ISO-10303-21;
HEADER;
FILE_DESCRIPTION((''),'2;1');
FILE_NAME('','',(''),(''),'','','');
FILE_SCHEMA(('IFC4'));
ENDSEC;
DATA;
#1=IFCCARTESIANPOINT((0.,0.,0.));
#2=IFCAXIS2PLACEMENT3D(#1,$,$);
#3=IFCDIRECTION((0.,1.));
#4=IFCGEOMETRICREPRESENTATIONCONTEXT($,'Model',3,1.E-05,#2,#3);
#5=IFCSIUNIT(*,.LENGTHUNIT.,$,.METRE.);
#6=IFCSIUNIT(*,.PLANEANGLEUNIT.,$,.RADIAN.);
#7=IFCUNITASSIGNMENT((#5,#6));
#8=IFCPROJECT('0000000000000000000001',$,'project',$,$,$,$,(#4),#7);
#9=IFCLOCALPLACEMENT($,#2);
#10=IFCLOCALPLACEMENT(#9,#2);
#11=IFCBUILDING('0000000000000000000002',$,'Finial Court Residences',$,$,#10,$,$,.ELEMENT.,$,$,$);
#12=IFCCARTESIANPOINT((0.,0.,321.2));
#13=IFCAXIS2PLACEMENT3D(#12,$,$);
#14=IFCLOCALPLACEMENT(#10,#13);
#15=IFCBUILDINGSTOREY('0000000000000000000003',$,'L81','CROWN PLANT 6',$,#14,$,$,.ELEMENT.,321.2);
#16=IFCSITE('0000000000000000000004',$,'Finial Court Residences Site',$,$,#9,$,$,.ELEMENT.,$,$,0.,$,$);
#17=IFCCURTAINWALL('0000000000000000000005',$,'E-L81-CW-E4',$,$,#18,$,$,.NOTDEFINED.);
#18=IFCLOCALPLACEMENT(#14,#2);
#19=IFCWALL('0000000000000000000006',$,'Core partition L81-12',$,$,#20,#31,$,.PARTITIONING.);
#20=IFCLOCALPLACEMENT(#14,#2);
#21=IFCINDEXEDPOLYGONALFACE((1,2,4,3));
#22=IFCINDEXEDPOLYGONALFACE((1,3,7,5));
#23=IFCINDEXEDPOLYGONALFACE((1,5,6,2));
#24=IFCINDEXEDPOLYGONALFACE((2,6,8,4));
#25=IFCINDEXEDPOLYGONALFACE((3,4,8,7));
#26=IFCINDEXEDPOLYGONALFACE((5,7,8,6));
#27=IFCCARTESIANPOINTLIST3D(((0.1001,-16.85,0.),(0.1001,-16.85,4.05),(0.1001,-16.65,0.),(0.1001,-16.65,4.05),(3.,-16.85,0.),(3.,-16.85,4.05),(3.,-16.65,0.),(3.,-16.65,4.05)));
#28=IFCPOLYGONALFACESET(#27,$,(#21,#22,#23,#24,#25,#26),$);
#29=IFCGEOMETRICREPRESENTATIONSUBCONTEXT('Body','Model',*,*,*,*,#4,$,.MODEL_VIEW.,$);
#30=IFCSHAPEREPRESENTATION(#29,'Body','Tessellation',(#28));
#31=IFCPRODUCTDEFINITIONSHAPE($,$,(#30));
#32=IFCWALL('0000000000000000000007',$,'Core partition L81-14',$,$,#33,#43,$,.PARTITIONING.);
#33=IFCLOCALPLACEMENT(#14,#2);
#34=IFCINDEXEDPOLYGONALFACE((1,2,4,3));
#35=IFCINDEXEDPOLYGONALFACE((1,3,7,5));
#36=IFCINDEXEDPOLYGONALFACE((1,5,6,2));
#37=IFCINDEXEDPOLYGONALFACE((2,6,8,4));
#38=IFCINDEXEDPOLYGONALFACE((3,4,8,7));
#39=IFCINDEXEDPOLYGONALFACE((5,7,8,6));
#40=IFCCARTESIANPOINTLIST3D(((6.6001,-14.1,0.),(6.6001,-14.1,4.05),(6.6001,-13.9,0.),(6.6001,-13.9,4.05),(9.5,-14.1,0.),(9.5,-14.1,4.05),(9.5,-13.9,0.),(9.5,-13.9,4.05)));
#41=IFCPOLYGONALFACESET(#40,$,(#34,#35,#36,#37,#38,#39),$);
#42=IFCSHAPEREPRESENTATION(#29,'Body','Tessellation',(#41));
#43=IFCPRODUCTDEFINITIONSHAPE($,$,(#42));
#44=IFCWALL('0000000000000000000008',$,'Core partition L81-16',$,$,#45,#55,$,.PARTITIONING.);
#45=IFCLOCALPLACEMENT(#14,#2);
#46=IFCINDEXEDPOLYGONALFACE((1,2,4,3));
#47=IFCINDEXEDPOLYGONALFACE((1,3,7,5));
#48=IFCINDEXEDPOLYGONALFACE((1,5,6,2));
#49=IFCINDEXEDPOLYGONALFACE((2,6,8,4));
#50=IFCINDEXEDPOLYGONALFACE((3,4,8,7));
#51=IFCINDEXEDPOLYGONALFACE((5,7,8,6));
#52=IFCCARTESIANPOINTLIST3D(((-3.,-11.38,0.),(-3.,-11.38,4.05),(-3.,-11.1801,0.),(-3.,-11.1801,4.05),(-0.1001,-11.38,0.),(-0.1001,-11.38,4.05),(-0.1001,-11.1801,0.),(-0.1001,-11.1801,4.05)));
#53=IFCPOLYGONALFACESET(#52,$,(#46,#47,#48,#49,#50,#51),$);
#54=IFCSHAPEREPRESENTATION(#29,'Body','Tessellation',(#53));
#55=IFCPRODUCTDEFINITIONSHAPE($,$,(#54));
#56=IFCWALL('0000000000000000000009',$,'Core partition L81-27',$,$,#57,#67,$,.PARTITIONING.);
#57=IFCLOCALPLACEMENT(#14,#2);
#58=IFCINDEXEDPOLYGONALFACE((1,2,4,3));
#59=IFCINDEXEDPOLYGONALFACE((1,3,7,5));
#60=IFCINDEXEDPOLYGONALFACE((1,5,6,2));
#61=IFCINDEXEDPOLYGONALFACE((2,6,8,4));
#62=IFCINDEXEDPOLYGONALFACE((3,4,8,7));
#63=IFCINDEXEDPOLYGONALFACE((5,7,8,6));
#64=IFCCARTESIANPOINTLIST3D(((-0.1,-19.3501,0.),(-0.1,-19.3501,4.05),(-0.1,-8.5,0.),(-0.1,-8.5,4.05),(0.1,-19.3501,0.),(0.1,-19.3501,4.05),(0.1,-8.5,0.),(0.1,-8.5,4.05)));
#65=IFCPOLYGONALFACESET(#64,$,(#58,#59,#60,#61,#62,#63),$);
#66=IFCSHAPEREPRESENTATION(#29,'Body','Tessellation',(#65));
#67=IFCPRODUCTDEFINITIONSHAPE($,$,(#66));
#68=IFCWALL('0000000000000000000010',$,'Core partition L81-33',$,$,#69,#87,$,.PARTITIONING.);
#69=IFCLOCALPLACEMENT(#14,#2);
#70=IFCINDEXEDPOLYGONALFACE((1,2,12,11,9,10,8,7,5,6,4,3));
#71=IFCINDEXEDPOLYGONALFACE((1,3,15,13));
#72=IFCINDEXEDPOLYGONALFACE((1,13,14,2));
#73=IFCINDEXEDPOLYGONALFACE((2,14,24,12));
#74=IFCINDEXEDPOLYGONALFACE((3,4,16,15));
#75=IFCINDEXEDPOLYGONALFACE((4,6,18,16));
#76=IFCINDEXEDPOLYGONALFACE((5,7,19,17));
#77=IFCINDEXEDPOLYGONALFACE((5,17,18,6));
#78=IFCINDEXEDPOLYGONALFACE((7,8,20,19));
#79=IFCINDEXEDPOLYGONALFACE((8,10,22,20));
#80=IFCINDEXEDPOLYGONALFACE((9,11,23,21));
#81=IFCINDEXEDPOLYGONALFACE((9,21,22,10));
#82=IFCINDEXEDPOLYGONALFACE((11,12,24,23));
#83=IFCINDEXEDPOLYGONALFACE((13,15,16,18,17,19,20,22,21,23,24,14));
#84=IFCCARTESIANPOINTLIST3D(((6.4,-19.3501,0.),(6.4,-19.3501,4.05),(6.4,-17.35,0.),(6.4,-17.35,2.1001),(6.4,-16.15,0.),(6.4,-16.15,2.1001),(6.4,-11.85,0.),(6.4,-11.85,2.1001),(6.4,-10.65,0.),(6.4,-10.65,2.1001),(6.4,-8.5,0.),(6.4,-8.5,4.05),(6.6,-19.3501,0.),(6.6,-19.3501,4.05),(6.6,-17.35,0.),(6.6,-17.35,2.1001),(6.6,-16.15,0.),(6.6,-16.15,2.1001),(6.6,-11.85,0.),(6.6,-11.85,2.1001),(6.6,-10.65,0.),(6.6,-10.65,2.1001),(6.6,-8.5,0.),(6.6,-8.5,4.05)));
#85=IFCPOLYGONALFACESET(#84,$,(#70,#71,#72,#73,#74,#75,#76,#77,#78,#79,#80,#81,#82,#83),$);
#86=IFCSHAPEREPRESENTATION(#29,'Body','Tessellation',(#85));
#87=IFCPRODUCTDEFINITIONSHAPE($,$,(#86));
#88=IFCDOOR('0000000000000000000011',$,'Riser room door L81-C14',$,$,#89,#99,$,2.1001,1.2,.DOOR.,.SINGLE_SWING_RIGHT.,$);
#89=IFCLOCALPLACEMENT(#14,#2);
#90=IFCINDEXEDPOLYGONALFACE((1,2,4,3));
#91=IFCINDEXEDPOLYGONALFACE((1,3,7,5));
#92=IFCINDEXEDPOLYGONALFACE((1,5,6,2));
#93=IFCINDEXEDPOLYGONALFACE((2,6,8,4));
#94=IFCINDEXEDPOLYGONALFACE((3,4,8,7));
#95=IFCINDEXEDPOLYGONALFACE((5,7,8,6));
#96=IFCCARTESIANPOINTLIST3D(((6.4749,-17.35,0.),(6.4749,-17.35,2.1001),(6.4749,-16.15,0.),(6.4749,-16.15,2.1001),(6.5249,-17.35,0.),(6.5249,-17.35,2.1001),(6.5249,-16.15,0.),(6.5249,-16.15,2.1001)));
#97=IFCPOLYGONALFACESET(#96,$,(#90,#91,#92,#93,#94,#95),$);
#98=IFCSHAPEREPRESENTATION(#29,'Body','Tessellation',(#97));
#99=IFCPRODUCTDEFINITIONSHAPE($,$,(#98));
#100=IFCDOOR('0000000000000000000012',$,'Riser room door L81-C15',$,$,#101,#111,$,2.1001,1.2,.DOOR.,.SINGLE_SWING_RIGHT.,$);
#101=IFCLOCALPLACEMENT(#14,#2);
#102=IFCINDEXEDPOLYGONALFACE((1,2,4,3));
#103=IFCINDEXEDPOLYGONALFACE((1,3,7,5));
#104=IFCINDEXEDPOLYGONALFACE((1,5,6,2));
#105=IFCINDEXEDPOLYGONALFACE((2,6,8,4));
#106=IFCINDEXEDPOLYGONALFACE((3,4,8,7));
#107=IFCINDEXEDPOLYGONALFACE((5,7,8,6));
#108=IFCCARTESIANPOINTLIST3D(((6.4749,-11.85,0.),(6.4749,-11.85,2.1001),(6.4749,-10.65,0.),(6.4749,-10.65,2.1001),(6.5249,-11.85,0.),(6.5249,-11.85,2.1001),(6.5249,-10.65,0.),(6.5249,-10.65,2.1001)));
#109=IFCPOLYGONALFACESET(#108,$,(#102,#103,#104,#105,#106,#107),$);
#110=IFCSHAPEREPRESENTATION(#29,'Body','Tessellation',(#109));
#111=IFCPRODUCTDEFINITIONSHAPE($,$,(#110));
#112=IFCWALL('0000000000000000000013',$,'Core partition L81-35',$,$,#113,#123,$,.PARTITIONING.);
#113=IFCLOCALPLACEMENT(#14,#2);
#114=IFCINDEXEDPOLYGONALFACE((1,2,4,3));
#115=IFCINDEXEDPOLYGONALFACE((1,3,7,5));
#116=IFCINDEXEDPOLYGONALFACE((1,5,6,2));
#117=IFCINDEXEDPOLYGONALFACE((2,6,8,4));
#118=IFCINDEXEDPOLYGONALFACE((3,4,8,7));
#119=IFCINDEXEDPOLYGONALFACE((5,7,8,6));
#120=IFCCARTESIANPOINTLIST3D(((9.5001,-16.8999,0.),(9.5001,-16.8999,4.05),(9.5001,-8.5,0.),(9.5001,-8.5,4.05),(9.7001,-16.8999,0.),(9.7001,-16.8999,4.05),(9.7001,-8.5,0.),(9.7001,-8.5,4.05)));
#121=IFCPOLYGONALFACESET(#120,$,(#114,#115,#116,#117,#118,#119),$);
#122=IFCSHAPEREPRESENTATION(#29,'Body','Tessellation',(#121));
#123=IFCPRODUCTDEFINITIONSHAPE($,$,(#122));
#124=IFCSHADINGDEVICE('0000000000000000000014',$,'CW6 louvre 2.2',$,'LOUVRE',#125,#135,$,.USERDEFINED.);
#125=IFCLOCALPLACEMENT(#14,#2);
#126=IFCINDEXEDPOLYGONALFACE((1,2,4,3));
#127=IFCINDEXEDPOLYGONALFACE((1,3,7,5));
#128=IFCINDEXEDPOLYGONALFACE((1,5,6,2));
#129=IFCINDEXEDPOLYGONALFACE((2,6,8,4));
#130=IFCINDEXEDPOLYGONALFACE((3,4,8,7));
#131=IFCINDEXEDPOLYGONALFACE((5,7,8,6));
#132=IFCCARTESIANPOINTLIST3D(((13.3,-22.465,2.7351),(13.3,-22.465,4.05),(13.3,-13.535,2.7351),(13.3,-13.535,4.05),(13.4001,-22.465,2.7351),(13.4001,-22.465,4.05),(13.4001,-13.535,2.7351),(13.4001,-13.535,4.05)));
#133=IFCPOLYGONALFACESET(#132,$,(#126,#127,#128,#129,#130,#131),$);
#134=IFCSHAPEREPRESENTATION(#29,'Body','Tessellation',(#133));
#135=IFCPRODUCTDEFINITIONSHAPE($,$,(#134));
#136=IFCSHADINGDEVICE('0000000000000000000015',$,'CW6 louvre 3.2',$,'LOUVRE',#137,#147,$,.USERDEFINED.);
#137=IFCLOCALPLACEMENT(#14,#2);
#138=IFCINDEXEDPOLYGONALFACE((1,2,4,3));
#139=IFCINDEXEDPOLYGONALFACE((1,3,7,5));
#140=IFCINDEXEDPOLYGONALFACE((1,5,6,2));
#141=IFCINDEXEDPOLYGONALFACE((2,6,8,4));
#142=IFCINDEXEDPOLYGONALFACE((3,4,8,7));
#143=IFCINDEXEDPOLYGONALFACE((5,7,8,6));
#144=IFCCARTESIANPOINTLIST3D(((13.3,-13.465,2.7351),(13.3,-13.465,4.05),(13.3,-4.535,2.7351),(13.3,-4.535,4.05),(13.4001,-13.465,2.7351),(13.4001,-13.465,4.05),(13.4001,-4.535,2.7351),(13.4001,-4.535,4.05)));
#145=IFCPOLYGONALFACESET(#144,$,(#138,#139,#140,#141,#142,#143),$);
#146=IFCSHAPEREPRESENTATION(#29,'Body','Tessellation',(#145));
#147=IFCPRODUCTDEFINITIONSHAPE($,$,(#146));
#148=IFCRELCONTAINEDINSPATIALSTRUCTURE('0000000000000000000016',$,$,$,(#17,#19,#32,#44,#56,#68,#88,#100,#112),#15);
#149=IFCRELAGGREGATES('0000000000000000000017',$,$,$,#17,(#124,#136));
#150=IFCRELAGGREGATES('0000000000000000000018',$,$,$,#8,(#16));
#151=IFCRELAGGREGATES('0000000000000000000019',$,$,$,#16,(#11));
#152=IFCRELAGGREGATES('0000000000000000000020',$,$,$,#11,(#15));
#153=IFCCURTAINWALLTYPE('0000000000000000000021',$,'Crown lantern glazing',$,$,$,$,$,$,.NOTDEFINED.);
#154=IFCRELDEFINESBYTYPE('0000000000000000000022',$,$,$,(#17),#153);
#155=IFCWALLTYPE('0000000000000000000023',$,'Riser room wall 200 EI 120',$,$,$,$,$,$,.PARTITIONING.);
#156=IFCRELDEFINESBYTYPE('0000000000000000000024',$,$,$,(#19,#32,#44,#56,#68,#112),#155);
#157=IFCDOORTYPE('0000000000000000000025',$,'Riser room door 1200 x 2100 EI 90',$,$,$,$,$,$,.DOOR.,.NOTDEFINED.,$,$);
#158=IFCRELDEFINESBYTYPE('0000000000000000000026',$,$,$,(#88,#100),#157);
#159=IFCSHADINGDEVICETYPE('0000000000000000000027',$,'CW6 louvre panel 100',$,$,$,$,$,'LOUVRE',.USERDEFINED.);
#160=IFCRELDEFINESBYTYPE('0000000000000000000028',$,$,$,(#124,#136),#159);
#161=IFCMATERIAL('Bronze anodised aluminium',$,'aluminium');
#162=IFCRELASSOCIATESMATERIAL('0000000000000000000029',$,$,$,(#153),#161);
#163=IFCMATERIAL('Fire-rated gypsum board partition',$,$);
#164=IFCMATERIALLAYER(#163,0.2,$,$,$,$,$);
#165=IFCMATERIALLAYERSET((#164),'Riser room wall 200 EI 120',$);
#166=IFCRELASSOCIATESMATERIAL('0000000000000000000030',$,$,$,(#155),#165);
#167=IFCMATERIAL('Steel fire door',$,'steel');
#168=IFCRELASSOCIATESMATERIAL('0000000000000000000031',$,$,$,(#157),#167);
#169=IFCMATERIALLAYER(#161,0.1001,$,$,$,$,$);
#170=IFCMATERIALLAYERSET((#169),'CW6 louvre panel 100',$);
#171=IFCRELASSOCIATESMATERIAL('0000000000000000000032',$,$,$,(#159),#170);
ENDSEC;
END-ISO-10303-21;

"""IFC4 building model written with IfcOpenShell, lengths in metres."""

from ifc_helpers import new_model, si_unit, direction, frame, frame_2d, origin, origin_2d, place, context, subcontext, project, spatial, rectangle, extrude, material, layer, layer_set, type_object, element, fill, aggregate, save


model = new_model("IFC4")

# Units and contexts
model_context = context("Model", 3, precision=1e-05, world=origin(), true_north=direction((0.0, 1.0)))
body_context = subcontext(model_context, "Body", "Model", "MODEL_VIEW")
ifc_project = project(units=[si_unit("LENGTHUNIT", "METRE"), si_unit("PLANEANGLEUNIT", "RADIAN")], contexts=[model_context])

# Site, building, storey
site_placement = place(None, origin())
site = spatial("IfcSite", under=ifc_project, at=site_placement, Name="Finial Court Residences Site", CompositionType="ELEMENT", RefElevation=0.0)
building_placement = place(site_placement, origin())
building = spatial("IfcBuilding", under=site, at=building_placement, Name="Finial Court Residences", CompositionType="ELEMENT")
storey_placement = place(building_placement, frame((0.0, 0.0, 321.2)))
storey = spatial("IfcBuildingStorey", under=building, at=storey_placement, Name="L81", Description="CROWN PLANT 6", CompositionType="ELEMENT", Elevation=321.2)

# Curtain wall
ifc_material_1 = material(Name="Bronze anodised aluminium", Category="aluminium")
curtain_wall_type = type_object("IfcCurtainWallType", Name="Crown lantern glazing", PredefinedType="NOTDEFINED", material=ifc_material_1)
curtain_wall_placement = place(storey_placement, origin())
curtain_wall = element("IfcCurtainWall", 1, at=curtain_wall_placement, inside=storey, type_object=curtain_wall_type, Name="E-L81-CW-E4", PredefinedType="NOTDEFINED")

# Shared definitions
ifc_material_2 = material(Name="Fire-rated gypsum board partition")
ifc_material_3 = material(Name="Steel fire door", Category="steel")

# Walls
ifc_layer_1 = layer(ifc_material_2, 0.2)
ifc_layer_set_1 = layer_set([ifc_layer_1], Name="Riser room wall 200 EI 120")
wall_type_1 = type_object("IfcWallType", Name="Riser room wall 200 EI 120", PredefinedType="PARTITIONING", material=ifc_layer_set_1)
for number, where, z_axis, x_axis, name in (
    (2, (0.1001, -16.75, 0.0), (0.0, 0.0, 1.0), (1.0, 0.0, 0.0), "Core partition L81-12"),
    (3, (6.6001, -14.0, 0.0), (0.0, 0.0, 1.0), (1.0, 0.0, 0.0), "Core partition L81-14"),
    (4, (-3.0, -11.28, 0.0), (0.0, 0.0, 1.0), (1.0, 0.0, 0.0), "Core partition L81-16"),
):
    element("IfcWall", number, at=place(storey_placement, frame(where, z_axis=z_axis, x_axis=x_axis)), inside=storey, type_object=wall_type_1, Name=name, PredefinedType="PARTITIONING", context=body_context, shape_type="SweptSolid", body=[
        extrude(rectangle(XDim=2.8999, YDim=0.2, at=frame_2d((1.45, 0.0))), origin(), (0.0, 0.0, 1.0), 4.05),
    ])
wall_1_placement = place(storey_placement, frame((0.0, -19.3501, 0.0), z_axis=(0.0, 0.0, 1.0), x_axis=(0.0, 1.0, 0.0)))
element("IfcWall", 5, at=wall_1_placement, inside=storey, type_object=wall_type_1, Name="Core partition L81-27", PredefinedType="PARTITIONING", context=body_context, shape_type="SweptSolid", body=[
    extrude(rectangle(XDim=10.8501, YDim=0.2, at=frame_2d((5.425, 0.0))), origin(), (0.0, 0.0, 1.0), 4.05),
])

# Wall, openings, doors
wall_2_placement = place(storey_placement, frame((6.5, -8.5, 0.0), z_axis=(0.0, 0.0, 1.0), x_axis=(0.0, -1.0, 0.0)))
wall_2 = element("IfcWall", 6, at=wall_2_placement, inside=storey, type_object=wall_type_1, Name="Core partition L81-33", PredefinedType="PARTITIONING", context=body_context, shape_type="SweptSolid", body=[
    extrude(rectangle(XDim=10.8501, YDim=0.2, at=frame_2d((5.425, 0.0))), origin(), (0.0, 0.0, 1.0), 4.05),
])
opening_1_placement = place(wall_2_placement, frame((7.6499, 0.0, 0.0)))
opening_1 = element("IfcOpeningElement", 7, at=opening_1_placement, cuts=wall_2, PredefinedType="OPENING", context=body_context, shape_type="SweptSolid", body=[
    extrude(rectangle(XDim=1.2, YDim=2.1001, at=frame_2d((0.6001, 1.05))), frame((0.0, 0.1099, 0.0), z_axis=(0.0, -1.0, 0.0), x_axis=(1.0, 0.0, 0.0)), (0.0, 0.0, 1.0), 0.22),
])
opening_2_placement = place(wall_2_placement, frame((2.1499, 0.0, 0.0)))
opening_2 = element("IfcOpeningElement", 8, at=opening_2_placement, cuts=wall_2, PredefinedType="OPENING", context=body_context, shape_type="SweptSolid", body=[
    extrude(rectangle(XDim=1.2, YDim=2.1001, at=frame_2d((0.6001, 1.05))), frame((0.0, 0.1099, 0.0), z_axis=(0.0, -1.0, 0.0), x_axis=(1.0, 0.0, 0.0)), (0.0, 0.0, 1.0), 0.22),
])
door_type_1 = type_object("IfcDoorType", Name="Riser room door 1200 x 2100 EI 90", OperationType="NOTDEFINED", PredefinedType="DOOR", material=ifc_material_3)
door_1_placement = place(opening_1_placement, origin())
door_1 = element("IfcDoor", 9, at=door_1_placement, inside=storey, type_object=door_type_1, Name="Riser room door L81-C14", OperationType="SINGLE_SWING_RIGHT", OverallHeight=2.1001, OverallWidth=1.2, PredefinedType="DOOR", context=body_context, shape_type="SweptSolid", body=[
    extrude(rectangle(XDim=1.2, YDim=2.1001, at=frame_2d((0.6001, 1.05))), frame((0.0, 0.0249, 0.0), z_axis=(0.0, -1.0, 0.0), x_axis=(1.0, 0.0, 0.0)), (0.0, 0.0, 1.0), 0.05),
])
fill(opening_1, door_1)
door_2_placement = place(opening_2_placement, origin())
door_2 = element("IfcDoor", 10, at=door_2_placement, inside=storey, type_object=door_type_1, Name="Riser room door L81-C15", OperationType="SINGLE_SWING_RIGHT", OverallHeight=2.1001, OverallWidth=1.2, PredefinedType="DOOR", context=body_context, shape_type="SweptSolid", body=[
    extrude(rectangle(XDim=1.2, YDim=2.1001, at=frame_2d((0.6001, 1.05))), frame((0.0, 0.0249, 0.0), z_axis=(0.0, -1.0, 0.0), x_axis=(1.0, 0.0, 0.0)), (0.0, 0.0, 1.0), 0.05),
])
fill(opening_2, door_2)

# Wall
wall_3_placement = place(storey_placement, frame((9.6001, -16.8999, 0.0), z_axis=(0.0, 0.0, 1.0), x_axis=(0.0, 1.0, 0.0)))
element("IfcWall", 11, at=wall_3_placement, inside=storey, type_object=wall_type_1, Name="Core partition L81-35", PredefinedType="PARTITIONING", context=body_context, shape_type="SweptSolid", body=[
    extrude(rectangle(XDim=8.3999, YDim=0.2, at=frame_2d((4.2, 0.0))), origin(), (0.0, 0.0, 1.0), 4.05),
])

# Shading devices
ifc_layer_2 = layer(ifc_material_1, 0.1001)
ifc_layer_set_2 = layer_set([ifc_layer_2], Name="CW6 louvre panel 100")
shading_device_type = type_object("IfcShadingDeviceType", Name="CW6 louvre panel 100", ElementType="LOUVRE", PredefinedType="USERDEFINED", material=ifc_layer_set_2)
shading_device_1_placement = place(storey_placement, frame((13.3501, -18.0, 2.7351), z_axis=(0.0, 0.0, 1.0), x_axis=(0.0, 1.0, 0.0)))
shading_device_1 = element("IfcShadingDevice", 12, at=shading_device_1_placement, type_object=shading_device_type, Name="CW6 louvre 2.2", ObjectType="LOUVRE", PredefinedType="USERDEFINED", context=body_context, shape_type="SweptSolid", body=[
    extrude(rectangle(XDim=8.9299, YDim=0.1001, at=origin_2d()), origin(), (0.0, 0.0, 1.0), 1.3149),
])
shading_device_2_placement = place(storey_placement, frame((13.3501, -9.0, 2.7351), z_axis=(0.0, 0.0, 1.0), x_axis=(0.0, 1.0, 0.0)))
shading_device_2 = element("IfcShadingDevice", 13, at=shading_device_2_placement, type_object=shading_device_type, Name="CW6 louvre 3.2", ObjectType="LOUVRE", PredefinedType="USERDEFINED", context=body_context, shape_type="SweptSolid", body=[
    extrude(rectangle(XDim=8.9299, YDim=0.1001, at=origin_2d()), origin(), (0.0, 0.0, 1.0), 1.3149),
])
aggregate(curtain_wall, [shading_device_1, shading_device_2])

save(model, "model.ifc")
